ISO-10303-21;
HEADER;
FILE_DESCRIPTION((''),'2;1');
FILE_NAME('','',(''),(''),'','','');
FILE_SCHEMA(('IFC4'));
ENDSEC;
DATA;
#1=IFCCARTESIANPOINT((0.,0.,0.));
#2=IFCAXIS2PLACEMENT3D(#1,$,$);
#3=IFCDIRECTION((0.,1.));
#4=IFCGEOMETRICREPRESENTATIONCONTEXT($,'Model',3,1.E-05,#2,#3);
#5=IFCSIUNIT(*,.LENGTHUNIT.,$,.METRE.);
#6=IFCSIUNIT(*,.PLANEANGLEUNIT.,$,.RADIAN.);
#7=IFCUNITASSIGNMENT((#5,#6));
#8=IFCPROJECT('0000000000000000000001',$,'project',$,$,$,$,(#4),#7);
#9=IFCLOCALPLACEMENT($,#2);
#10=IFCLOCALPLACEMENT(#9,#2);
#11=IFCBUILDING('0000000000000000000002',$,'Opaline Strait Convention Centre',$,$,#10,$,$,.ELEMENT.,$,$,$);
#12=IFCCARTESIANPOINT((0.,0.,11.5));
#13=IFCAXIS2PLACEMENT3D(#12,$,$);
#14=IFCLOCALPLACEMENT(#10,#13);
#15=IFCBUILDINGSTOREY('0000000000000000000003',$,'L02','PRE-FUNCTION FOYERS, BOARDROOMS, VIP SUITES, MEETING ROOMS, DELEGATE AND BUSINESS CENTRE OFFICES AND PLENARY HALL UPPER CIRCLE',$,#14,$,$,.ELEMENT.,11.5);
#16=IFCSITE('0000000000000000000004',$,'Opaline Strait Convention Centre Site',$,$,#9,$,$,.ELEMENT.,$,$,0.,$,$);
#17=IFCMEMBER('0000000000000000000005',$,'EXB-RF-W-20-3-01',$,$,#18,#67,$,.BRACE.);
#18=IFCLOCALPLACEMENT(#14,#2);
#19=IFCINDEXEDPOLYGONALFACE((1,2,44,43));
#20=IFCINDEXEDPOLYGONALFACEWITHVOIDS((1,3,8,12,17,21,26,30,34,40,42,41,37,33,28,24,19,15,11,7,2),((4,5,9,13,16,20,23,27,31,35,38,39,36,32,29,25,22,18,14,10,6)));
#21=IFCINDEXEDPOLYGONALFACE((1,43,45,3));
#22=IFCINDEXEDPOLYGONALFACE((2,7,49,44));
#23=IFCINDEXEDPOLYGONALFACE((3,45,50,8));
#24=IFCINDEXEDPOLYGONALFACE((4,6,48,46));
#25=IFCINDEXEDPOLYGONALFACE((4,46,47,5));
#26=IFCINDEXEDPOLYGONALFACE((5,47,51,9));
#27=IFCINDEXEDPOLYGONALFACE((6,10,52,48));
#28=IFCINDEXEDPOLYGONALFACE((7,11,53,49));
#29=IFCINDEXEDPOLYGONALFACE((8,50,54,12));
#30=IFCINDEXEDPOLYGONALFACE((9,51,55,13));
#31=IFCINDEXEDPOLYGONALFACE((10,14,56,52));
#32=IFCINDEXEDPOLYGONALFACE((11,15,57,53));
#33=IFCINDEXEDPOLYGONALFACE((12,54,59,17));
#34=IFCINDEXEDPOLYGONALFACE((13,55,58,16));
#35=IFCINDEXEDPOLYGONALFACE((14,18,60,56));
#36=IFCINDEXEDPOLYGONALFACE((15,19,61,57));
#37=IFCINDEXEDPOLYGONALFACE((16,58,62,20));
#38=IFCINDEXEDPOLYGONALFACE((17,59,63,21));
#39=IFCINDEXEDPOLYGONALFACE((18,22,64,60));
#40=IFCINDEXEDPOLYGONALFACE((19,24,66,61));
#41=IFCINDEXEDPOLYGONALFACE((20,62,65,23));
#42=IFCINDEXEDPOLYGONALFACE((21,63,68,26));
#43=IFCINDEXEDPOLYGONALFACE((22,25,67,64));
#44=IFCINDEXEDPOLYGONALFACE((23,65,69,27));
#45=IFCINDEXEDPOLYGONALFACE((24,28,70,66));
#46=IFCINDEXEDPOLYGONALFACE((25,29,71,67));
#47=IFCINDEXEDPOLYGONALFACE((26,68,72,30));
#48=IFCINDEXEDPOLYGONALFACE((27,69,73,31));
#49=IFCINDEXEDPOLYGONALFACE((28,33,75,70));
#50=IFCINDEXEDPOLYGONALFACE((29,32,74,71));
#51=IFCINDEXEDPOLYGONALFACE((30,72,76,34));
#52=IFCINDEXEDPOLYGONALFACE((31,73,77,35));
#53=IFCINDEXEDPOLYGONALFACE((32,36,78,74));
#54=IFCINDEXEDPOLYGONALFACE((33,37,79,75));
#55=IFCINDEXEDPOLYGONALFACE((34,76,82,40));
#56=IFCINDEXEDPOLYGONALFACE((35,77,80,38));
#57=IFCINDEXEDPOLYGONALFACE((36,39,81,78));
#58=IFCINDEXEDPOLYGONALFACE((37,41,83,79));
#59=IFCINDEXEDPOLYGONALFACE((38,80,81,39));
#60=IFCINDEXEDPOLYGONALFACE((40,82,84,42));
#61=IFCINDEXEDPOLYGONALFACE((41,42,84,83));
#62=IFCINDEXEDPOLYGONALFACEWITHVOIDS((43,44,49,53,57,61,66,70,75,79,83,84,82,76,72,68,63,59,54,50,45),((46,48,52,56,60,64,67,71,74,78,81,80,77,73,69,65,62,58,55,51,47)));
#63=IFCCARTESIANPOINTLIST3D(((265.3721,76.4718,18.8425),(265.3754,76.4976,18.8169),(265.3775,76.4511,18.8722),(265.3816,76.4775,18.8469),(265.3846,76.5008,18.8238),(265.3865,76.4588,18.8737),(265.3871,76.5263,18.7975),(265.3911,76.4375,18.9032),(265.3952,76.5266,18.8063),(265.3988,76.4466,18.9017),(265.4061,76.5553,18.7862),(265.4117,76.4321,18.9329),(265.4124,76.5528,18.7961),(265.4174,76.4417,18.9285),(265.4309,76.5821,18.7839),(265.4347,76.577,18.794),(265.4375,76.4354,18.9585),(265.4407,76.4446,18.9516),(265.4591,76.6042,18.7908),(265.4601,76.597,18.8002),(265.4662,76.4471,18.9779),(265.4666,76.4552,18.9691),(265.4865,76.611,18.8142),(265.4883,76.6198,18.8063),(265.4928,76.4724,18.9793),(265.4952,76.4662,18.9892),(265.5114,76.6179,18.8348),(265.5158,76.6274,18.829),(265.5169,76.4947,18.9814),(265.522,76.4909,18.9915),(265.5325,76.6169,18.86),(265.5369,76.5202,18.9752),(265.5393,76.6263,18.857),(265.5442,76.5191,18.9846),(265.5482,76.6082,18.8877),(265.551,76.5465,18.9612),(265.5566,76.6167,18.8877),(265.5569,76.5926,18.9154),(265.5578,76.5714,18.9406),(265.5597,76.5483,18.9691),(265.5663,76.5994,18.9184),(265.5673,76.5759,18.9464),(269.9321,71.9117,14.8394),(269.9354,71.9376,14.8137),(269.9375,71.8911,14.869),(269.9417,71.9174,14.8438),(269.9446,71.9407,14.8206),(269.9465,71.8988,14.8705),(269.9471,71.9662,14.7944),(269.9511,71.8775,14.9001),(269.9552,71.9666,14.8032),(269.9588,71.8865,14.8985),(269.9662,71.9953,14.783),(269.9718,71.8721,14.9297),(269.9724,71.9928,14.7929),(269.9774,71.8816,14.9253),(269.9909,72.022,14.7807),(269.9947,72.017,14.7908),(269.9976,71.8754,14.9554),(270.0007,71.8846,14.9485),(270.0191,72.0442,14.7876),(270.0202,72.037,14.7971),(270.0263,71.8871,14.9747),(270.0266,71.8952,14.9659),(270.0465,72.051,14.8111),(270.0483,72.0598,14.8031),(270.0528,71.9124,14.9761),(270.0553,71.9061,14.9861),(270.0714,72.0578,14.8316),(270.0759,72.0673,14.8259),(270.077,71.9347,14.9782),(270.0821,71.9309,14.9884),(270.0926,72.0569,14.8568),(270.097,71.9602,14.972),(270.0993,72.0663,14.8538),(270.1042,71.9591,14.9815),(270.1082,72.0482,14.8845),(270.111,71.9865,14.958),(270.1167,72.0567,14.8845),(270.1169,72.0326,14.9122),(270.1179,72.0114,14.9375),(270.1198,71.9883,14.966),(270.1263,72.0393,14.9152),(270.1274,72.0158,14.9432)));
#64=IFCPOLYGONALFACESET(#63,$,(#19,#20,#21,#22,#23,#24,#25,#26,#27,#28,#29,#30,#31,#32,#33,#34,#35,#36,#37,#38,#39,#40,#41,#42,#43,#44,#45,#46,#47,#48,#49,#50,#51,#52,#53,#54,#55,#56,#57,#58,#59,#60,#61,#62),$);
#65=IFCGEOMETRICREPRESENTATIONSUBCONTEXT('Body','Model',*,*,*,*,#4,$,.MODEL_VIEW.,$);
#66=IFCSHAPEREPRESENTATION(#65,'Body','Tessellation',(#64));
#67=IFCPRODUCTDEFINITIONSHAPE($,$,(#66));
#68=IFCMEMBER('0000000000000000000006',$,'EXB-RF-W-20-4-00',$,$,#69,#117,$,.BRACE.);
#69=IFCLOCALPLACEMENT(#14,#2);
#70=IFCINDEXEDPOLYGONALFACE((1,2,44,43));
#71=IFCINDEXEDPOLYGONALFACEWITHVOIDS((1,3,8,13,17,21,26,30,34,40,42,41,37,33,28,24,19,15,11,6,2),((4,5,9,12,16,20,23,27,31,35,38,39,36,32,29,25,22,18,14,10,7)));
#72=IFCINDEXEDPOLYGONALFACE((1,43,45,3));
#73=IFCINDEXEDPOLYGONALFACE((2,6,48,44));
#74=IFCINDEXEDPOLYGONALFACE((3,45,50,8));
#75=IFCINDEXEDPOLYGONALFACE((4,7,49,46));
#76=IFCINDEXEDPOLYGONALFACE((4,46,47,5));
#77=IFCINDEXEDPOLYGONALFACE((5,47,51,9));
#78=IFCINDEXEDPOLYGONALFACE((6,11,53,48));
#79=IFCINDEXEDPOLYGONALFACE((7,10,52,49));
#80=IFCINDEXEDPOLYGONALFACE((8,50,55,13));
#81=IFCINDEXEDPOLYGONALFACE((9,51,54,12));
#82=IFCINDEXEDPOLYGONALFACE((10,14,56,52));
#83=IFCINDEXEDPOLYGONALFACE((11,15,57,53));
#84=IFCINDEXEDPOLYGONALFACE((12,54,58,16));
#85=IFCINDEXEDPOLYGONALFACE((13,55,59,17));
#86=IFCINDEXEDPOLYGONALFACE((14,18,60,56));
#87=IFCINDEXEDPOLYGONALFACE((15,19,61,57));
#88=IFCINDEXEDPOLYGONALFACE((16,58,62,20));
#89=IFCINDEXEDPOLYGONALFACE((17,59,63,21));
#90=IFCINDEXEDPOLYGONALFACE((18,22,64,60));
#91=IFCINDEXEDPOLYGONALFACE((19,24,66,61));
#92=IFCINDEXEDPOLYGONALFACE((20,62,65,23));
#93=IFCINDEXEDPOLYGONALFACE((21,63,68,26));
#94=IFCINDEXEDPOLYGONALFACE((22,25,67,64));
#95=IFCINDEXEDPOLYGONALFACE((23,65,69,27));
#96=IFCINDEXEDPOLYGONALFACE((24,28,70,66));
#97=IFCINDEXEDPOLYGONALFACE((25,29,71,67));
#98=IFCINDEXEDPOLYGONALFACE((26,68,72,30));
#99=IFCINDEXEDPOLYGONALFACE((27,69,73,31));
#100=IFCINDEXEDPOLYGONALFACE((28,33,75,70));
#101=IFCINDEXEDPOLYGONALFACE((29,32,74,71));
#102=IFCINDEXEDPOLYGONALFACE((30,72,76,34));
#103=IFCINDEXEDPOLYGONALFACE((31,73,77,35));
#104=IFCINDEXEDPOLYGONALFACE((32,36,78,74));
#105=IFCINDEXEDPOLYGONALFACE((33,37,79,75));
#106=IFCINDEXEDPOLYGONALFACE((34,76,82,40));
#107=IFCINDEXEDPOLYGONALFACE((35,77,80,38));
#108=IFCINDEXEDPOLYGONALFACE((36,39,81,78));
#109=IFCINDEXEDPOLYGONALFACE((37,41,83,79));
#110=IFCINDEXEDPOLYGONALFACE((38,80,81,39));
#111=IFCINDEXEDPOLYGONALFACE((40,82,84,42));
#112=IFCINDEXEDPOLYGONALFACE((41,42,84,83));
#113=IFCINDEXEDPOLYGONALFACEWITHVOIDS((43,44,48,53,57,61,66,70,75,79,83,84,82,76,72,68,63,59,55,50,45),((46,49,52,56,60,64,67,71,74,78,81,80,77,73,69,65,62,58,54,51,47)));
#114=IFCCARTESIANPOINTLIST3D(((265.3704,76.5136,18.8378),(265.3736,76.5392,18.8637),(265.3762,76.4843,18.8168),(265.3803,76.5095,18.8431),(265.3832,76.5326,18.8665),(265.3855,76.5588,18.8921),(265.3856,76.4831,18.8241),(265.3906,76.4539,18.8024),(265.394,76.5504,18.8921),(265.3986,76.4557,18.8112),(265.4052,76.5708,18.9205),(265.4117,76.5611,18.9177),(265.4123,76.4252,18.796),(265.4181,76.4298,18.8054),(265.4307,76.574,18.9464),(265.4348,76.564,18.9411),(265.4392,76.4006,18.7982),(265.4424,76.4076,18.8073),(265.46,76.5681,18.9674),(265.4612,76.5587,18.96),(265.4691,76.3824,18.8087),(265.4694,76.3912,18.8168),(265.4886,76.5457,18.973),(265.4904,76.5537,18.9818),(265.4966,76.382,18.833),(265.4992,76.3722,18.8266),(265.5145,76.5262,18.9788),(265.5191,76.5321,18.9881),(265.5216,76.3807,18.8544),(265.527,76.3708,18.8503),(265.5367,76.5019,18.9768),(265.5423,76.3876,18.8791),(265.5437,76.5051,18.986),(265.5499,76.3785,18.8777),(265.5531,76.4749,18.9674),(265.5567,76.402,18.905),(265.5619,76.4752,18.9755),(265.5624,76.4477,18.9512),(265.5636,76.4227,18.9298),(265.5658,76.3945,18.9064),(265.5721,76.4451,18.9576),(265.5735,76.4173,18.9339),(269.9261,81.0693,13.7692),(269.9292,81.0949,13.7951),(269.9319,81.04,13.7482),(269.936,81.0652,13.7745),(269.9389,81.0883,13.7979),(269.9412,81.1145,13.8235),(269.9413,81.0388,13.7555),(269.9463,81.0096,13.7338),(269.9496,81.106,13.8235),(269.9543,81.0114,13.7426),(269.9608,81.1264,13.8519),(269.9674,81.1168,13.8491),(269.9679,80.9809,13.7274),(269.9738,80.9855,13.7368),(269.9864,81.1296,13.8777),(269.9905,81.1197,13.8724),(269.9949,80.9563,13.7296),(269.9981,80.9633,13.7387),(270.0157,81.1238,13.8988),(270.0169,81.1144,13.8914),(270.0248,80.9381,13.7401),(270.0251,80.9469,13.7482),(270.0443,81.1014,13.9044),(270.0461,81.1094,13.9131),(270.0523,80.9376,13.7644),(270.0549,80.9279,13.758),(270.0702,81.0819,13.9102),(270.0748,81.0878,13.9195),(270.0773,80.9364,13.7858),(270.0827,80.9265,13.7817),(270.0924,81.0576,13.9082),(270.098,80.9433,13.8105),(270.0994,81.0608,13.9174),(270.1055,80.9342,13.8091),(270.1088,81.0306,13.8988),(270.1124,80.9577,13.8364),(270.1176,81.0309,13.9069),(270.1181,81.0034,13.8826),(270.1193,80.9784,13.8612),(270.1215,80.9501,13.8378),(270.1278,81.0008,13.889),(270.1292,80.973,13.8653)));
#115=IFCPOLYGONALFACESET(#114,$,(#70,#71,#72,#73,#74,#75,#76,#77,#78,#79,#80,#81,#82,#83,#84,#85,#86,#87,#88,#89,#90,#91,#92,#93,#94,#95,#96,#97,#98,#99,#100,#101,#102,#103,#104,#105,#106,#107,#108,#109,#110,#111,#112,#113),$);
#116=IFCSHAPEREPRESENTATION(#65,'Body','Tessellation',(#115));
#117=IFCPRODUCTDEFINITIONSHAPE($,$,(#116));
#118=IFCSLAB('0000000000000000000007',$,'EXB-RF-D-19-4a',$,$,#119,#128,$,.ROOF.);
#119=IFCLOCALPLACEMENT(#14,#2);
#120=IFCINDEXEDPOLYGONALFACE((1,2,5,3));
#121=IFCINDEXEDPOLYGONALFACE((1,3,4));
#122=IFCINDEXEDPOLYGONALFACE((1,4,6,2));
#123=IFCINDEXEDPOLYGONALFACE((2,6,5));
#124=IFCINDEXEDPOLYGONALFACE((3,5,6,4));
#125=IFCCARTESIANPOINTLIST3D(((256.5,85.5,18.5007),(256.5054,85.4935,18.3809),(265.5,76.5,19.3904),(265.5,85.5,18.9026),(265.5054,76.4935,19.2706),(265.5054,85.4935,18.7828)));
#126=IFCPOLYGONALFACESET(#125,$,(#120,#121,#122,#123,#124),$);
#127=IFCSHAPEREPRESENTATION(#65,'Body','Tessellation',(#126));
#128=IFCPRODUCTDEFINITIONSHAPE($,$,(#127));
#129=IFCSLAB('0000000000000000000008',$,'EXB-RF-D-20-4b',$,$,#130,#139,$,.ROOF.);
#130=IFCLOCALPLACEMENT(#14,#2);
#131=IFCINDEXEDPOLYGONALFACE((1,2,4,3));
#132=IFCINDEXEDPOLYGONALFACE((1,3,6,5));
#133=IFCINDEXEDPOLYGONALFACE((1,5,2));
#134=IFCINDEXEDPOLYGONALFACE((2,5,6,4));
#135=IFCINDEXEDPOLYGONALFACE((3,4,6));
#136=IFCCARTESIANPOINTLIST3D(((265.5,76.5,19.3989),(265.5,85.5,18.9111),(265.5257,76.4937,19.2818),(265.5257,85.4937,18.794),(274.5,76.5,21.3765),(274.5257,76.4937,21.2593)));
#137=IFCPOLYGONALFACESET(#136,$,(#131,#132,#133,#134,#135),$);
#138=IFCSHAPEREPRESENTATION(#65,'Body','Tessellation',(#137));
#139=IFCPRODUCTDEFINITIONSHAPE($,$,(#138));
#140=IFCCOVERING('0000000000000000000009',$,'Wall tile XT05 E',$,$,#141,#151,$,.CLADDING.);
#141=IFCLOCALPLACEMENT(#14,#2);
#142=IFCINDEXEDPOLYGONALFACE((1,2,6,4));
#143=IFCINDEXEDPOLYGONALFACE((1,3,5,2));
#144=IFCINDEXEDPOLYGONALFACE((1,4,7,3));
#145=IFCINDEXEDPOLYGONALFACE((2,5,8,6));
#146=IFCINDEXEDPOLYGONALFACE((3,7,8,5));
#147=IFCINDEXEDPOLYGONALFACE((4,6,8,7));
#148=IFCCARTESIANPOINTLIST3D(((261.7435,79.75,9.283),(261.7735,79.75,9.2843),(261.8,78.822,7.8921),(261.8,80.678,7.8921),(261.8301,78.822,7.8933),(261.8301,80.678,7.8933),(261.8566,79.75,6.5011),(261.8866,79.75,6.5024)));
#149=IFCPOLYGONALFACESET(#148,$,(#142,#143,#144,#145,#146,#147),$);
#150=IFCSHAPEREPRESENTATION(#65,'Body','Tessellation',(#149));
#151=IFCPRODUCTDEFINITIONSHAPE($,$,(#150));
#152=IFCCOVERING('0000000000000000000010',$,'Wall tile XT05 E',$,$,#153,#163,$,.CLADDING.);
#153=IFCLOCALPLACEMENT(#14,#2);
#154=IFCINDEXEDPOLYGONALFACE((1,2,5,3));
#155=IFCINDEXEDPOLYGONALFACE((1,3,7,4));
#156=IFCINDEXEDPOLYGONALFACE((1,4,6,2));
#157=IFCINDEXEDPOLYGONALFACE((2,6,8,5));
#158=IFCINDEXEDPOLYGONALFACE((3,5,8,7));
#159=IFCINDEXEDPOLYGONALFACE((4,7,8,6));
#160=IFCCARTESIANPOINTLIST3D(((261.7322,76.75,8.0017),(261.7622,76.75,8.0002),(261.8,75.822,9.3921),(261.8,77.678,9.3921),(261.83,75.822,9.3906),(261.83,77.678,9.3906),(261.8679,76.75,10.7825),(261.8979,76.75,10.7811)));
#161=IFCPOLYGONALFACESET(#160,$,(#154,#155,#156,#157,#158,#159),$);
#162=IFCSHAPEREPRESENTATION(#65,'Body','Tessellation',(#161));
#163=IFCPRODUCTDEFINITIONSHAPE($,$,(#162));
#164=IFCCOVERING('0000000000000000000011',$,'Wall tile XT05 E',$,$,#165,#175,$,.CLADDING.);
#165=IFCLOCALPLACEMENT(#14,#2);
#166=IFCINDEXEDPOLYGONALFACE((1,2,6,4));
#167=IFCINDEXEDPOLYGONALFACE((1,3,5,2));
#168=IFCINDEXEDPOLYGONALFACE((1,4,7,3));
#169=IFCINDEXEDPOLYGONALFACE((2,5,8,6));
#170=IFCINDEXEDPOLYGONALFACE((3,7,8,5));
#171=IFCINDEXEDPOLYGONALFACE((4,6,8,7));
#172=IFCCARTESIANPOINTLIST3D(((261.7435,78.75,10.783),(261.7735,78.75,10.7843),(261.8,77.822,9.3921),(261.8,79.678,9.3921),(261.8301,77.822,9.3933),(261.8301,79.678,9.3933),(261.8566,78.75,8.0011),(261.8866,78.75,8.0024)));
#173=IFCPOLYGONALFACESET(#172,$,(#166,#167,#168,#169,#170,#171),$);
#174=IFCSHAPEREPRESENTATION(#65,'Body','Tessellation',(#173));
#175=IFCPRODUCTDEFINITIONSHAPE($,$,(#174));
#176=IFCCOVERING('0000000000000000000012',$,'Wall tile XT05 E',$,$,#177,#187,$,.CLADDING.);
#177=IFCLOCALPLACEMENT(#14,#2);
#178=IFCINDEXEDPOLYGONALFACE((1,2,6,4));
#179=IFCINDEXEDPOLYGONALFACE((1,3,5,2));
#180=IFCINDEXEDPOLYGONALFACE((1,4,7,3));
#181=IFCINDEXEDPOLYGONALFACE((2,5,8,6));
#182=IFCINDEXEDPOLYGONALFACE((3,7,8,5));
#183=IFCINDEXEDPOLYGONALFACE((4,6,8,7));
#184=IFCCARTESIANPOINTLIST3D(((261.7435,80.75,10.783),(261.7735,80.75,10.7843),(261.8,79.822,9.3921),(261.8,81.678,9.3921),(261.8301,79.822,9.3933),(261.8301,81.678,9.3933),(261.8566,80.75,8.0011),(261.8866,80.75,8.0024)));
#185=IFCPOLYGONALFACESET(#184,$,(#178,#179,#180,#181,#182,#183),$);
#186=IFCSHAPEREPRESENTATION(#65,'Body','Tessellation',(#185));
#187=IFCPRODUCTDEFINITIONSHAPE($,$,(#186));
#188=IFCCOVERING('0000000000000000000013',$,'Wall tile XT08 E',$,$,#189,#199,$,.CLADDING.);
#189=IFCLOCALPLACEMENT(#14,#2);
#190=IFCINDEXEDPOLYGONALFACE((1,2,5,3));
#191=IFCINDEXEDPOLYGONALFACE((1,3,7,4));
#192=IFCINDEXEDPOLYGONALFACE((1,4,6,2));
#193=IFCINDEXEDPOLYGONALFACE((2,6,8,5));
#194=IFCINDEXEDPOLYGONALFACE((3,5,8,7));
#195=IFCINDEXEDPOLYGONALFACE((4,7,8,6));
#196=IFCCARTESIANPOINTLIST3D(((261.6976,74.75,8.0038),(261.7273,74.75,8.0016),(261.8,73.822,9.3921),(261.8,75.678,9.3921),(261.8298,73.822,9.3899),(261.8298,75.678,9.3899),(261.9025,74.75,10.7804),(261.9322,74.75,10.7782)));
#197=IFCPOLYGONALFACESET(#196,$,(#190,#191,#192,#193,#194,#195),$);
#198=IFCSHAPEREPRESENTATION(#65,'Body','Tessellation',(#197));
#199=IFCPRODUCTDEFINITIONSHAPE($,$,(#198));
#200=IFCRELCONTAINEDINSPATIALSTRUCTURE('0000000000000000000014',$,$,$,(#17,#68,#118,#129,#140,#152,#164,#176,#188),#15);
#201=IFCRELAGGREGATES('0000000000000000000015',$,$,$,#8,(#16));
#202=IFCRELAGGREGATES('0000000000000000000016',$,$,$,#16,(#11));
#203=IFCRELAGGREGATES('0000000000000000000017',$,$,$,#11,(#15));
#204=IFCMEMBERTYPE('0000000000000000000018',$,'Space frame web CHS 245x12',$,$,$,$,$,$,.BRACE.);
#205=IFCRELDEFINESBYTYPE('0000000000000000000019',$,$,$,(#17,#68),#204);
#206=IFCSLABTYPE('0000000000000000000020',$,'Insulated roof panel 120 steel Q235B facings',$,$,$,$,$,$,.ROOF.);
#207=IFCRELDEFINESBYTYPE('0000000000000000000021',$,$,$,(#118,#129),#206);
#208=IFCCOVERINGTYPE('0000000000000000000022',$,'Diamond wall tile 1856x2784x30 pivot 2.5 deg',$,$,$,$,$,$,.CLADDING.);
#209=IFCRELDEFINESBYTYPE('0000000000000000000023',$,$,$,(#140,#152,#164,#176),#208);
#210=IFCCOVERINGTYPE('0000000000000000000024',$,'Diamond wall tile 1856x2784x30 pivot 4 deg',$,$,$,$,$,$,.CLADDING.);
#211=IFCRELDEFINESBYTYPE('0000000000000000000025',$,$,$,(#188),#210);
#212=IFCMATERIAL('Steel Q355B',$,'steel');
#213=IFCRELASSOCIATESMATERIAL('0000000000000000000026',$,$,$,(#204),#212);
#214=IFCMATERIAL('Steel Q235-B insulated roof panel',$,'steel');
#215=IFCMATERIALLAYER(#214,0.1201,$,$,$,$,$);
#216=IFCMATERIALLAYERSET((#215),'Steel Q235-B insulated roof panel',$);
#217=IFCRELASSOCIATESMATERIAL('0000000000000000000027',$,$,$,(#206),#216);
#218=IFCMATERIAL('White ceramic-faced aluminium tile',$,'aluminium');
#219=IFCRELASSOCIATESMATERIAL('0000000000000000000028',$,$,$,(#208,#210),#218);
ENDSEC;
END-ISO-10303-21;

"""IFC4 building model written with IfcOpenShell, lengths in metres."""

from ifc_helpers import new_model, si_unit, direction, frame, origin, origin_2d, place, context, subcontext, project, spatial, polyline, hollow_circle, outline, extrude, material, layer, layer_set, material_profile, profile_set, type_object, element, save


model = new_model("IFC4")

# Units and contexts
model_context = context("Model", 3, precision=1e-05, world=origin(), true_north=direction((0.0, 1.0)))
body_context = subcontext(model_context, "Body", "Model", "MODEL_VIEW")
ifc_project = project(units=[si_unit("LENGTHUNIT", "METRE"), si_unit("PLANEANGLEUNIT", "RADIAN")], contexts=[model_context])

# Site, building, storey
site_placement = place(None, origin())
site = spatial("IfcSite", under=ifc_project, at=site_placement, Name="Opaline Strait Convention Centre Site", CompositionType="ELEMENT", RefElevation=0.0)
building_placement = place(site_placement, origin())
building = spatial("IfcBuilding", under=site, at=building_placement, Name="Opaline Strait Convention Centre", CompositionType="ELEMENT")
storey_placement = place(building_placement, frame((0.0, 0.0, 11.5)))
storey = spatial("IfcBuildingStorey", under=building, at=storey_placement, Name="L02", Description="PRE-FUNCTION FOYERS, BOARDROOMS, VIP SUITES, MEETING ROOMS, DELEGATE AND BUSINESS CENTRE OFFICES AND PLENARY HALL UPPER CIRCLE", CompositionType="ELEMENT", Elevation=11.5)

# Members
ifc_material_1 = material(Name="Steel Q355B", Category="steel")
ifc_material_profile_1 = material_profile(ifc_material_1, hollow_circle(Radius=0.1226, WallThickness=0.012, at=origin_2d()), Name="CHS 245x12")
ifc_profile_set_1 = profile_set([ifc_material_profile_1], Name="Steel Q355B")
member_type_1 = type_object("IfcMemberType", Name="Space frame web CHS 245x12", PredefinedType="BRACE", material=ifc_profile_set_1)
member_1_placement = place(storey_placement, frame((265.47, 76.53, 18.8877), z_axis=(0.600769, -0.600769, -0.527402), x_axis=(0.707107, 0.707107, 0.0)))
element("IfcMember", 1, at=member_1_placement, inside=storey, type_object=member_type_1, Name="EXB-RF-W-20-3-01", PredefinedType="BRACE", context=body_context, shape_type="SweptSolid", body=[
    extrude(hollow_circle(Radius=0.1226, WallThickness=0.012, at=origin_2d()), origin(), (0.0, 0.0, 1.0), 7.5903),
])
member_2_placement = place(storey_placement, frame((265.4722, 76.4722, 18.8921), z_axis=(0.555739, 0.555739, -0.618311), x_axis=(-0.707107, 0.707107, 0.0)))
element("IfcMember", 2, at=member_2_placement, inside=storey, type_object=member_type_1, Name="EXB-RF-W-20-4-00", PredefinedType="BRACE", context=body_context, shape_type="SweptSolid", body=[
    extrude(hollow_circle(Radius=0.1226, WallThickness=0.012, at=origin_2d()), origin(), (0.0, 0.0, 1.0), 8.1975),
])

# Slabs
ifc_material_2 = material(Name="Steel Q235-B insulated roof panel", Category="steel")
ifc_layer_1 = layer(ifc_material_2, 0.1201)
ifc_layer_set_1 = layer_set([ifc_layer_1], Name="Steel Q235-B insulated roof panel")
slab_type = type_object("IfcSlabType", Name="Insulated roof panel 120 steel Q235B facings", PredefinedType="ROOF", material=ifc_layer_set_1)
slab_1_placement = place(storey_placement, frame((265.5, 76.5, 19.3904), z_axis=(-0.044541, 0.054066, 0.997543), x_axis=(0.0, 0.998534, -0.05412)))
element("IfcSlab", 3, at=slab_1_placement, inside=storey, type_object=slab_type, Name="EXB-RF-D-19-4a", PredefinedType="ROOF", context=body_context, shape_type="SweptSolid", body=[
    extrude(outline(polyline([(0.0, 0.0), (9.0132, 0.0), (9.035, 9.0089), (0.0, 0.0)])), origin(), (0.0, 0.0, -1.0), 0.1201),
])
slab_2_placement = place(storey_placement, frame((265.5, 76.5, 19.3989), z_axis=(-0.214307, 0.052862, 0.975335), x_axis=(0.9767, 0.0, 0.214607)))
element("IfcSlab", 4, at=slab_2_placement, inside=storey, type_object=slab_type, Name="EXB-RF-D-20-4b", PredefinedType="ROOF", context=body_context, shape_type="SweptSolid", body=[
    extrude(outline(polyline([(0.0, 0.0), (9.2147, 0.0), (-0.1047, 9.0126), (0.0, 0.0)])), origin(), (0.0, 0.0, -1.0), 0.1201),
])

# Coverings
ifc_material_3 = material(Name="White ceramic-faced aluminium tile", Category="aluminium")
ifc_material_profile_2 = material_profile(ifc_material_3, outline(polyline([(0.928, 0.0), (0.0, 1.3921), (-0.928, 0.0), (0.0, -1.3921), (0.928, 0.0)])), Name="Diamond tile 1856x2784")
ifc_profile_set_2 = profile_set([ifc_material_profile_2], Name="White ceramic-faced aluminium tile")
covering_type_1 = type_object("IfcCoveringType", Name="Diamond wall tile 1856x2784x30 pivot 2.5 deg", PredefinedType="CLADDING", material=ifc_profile_set_2)
for number, where, z_axis, x_axis, name in (
    (5, (261.8, 79.75, 7.8921), (0.999175, 0.0, 0.040617), (0.0, 1.0, 0.0), "Wall tile XT05 E"),
    (6, (261.8, 76.75, 9.3921), (0.998812, 0.0, -0.048723), (0.0, 1.0, 0.0), "Wall tile XT05 E"),
    (7, (261.8, 78.75, 9.3921), (0.999175, 0.0, 0.040617), (0.0, 1.0, 0.0), "Wall tile XT05 E"),
    (8, (261.8, 80.75, 9.3921), (0.999175, 0.0, 0.040617), (0.0, 1.0, 0.0), "Wall tile XT05 E"),
):
    element("IfcCovering", number, at=place(storey_placement, frame(where, z_axis=z_axis, x_axis=x_axis)), inside=storey, type_object=covering_type_1, Name=name, PredefinedType="CLADDING", context=body_context, shape_type="SweptSolid", body=[
        extrude(outline(polyline([(0.928, 0.0), (0.0, 1.3921), (-0.928, 0.0), (0.0, -1.3921), (0.928, 0.0)])), origin(), (0.0, 0.0, 1.0), 0.03),
    ])
ifc_material_profile_3 = material_profile(ifc_material_3, outline(polyline([(0.928, 0.0), (0.0, 1.3921), (-0.928, 0.0), (0.0, -1.3921), (0.928, 0.0)])), Name="Diamond tile 1856x2784")
ifc_profile_set_3 = profile_set([ifc_material_profile_3], Name="White ceramic-faced aluminium tile")
covering_type_2 = type_object("IfcCoveringType", Name="Diamond wall tile 1856x2784x30 pivot 4 deg", PredefinedType="CLADDING", material=ifc_profile_set_3)
covering_1_placement = place(storey_placement, frame((261.8, 74.75, 9.3921), z_axis=(0.99729, 0.0, -0.073571), x_axis=(0.0, 1.0, 0.0)))
element("IfcCovering", 9, at=covering_1_placement, inside=storey, type_object=covering_type_2, Name="Wall tile XT08 E", PredefinedType="CLADDING", context=body_context, shape_type="SweptSolid", body=[
    extrude(outline(polyline([(0.928, 0.0), (0.0, 1.3921), (-0.928, 0.0), (0.0, -1.3921), (0.928, 0.0)])), origin(), (0.0, 0.0, 1.0), 0.0298),
])

save(model, "model.ifc")
